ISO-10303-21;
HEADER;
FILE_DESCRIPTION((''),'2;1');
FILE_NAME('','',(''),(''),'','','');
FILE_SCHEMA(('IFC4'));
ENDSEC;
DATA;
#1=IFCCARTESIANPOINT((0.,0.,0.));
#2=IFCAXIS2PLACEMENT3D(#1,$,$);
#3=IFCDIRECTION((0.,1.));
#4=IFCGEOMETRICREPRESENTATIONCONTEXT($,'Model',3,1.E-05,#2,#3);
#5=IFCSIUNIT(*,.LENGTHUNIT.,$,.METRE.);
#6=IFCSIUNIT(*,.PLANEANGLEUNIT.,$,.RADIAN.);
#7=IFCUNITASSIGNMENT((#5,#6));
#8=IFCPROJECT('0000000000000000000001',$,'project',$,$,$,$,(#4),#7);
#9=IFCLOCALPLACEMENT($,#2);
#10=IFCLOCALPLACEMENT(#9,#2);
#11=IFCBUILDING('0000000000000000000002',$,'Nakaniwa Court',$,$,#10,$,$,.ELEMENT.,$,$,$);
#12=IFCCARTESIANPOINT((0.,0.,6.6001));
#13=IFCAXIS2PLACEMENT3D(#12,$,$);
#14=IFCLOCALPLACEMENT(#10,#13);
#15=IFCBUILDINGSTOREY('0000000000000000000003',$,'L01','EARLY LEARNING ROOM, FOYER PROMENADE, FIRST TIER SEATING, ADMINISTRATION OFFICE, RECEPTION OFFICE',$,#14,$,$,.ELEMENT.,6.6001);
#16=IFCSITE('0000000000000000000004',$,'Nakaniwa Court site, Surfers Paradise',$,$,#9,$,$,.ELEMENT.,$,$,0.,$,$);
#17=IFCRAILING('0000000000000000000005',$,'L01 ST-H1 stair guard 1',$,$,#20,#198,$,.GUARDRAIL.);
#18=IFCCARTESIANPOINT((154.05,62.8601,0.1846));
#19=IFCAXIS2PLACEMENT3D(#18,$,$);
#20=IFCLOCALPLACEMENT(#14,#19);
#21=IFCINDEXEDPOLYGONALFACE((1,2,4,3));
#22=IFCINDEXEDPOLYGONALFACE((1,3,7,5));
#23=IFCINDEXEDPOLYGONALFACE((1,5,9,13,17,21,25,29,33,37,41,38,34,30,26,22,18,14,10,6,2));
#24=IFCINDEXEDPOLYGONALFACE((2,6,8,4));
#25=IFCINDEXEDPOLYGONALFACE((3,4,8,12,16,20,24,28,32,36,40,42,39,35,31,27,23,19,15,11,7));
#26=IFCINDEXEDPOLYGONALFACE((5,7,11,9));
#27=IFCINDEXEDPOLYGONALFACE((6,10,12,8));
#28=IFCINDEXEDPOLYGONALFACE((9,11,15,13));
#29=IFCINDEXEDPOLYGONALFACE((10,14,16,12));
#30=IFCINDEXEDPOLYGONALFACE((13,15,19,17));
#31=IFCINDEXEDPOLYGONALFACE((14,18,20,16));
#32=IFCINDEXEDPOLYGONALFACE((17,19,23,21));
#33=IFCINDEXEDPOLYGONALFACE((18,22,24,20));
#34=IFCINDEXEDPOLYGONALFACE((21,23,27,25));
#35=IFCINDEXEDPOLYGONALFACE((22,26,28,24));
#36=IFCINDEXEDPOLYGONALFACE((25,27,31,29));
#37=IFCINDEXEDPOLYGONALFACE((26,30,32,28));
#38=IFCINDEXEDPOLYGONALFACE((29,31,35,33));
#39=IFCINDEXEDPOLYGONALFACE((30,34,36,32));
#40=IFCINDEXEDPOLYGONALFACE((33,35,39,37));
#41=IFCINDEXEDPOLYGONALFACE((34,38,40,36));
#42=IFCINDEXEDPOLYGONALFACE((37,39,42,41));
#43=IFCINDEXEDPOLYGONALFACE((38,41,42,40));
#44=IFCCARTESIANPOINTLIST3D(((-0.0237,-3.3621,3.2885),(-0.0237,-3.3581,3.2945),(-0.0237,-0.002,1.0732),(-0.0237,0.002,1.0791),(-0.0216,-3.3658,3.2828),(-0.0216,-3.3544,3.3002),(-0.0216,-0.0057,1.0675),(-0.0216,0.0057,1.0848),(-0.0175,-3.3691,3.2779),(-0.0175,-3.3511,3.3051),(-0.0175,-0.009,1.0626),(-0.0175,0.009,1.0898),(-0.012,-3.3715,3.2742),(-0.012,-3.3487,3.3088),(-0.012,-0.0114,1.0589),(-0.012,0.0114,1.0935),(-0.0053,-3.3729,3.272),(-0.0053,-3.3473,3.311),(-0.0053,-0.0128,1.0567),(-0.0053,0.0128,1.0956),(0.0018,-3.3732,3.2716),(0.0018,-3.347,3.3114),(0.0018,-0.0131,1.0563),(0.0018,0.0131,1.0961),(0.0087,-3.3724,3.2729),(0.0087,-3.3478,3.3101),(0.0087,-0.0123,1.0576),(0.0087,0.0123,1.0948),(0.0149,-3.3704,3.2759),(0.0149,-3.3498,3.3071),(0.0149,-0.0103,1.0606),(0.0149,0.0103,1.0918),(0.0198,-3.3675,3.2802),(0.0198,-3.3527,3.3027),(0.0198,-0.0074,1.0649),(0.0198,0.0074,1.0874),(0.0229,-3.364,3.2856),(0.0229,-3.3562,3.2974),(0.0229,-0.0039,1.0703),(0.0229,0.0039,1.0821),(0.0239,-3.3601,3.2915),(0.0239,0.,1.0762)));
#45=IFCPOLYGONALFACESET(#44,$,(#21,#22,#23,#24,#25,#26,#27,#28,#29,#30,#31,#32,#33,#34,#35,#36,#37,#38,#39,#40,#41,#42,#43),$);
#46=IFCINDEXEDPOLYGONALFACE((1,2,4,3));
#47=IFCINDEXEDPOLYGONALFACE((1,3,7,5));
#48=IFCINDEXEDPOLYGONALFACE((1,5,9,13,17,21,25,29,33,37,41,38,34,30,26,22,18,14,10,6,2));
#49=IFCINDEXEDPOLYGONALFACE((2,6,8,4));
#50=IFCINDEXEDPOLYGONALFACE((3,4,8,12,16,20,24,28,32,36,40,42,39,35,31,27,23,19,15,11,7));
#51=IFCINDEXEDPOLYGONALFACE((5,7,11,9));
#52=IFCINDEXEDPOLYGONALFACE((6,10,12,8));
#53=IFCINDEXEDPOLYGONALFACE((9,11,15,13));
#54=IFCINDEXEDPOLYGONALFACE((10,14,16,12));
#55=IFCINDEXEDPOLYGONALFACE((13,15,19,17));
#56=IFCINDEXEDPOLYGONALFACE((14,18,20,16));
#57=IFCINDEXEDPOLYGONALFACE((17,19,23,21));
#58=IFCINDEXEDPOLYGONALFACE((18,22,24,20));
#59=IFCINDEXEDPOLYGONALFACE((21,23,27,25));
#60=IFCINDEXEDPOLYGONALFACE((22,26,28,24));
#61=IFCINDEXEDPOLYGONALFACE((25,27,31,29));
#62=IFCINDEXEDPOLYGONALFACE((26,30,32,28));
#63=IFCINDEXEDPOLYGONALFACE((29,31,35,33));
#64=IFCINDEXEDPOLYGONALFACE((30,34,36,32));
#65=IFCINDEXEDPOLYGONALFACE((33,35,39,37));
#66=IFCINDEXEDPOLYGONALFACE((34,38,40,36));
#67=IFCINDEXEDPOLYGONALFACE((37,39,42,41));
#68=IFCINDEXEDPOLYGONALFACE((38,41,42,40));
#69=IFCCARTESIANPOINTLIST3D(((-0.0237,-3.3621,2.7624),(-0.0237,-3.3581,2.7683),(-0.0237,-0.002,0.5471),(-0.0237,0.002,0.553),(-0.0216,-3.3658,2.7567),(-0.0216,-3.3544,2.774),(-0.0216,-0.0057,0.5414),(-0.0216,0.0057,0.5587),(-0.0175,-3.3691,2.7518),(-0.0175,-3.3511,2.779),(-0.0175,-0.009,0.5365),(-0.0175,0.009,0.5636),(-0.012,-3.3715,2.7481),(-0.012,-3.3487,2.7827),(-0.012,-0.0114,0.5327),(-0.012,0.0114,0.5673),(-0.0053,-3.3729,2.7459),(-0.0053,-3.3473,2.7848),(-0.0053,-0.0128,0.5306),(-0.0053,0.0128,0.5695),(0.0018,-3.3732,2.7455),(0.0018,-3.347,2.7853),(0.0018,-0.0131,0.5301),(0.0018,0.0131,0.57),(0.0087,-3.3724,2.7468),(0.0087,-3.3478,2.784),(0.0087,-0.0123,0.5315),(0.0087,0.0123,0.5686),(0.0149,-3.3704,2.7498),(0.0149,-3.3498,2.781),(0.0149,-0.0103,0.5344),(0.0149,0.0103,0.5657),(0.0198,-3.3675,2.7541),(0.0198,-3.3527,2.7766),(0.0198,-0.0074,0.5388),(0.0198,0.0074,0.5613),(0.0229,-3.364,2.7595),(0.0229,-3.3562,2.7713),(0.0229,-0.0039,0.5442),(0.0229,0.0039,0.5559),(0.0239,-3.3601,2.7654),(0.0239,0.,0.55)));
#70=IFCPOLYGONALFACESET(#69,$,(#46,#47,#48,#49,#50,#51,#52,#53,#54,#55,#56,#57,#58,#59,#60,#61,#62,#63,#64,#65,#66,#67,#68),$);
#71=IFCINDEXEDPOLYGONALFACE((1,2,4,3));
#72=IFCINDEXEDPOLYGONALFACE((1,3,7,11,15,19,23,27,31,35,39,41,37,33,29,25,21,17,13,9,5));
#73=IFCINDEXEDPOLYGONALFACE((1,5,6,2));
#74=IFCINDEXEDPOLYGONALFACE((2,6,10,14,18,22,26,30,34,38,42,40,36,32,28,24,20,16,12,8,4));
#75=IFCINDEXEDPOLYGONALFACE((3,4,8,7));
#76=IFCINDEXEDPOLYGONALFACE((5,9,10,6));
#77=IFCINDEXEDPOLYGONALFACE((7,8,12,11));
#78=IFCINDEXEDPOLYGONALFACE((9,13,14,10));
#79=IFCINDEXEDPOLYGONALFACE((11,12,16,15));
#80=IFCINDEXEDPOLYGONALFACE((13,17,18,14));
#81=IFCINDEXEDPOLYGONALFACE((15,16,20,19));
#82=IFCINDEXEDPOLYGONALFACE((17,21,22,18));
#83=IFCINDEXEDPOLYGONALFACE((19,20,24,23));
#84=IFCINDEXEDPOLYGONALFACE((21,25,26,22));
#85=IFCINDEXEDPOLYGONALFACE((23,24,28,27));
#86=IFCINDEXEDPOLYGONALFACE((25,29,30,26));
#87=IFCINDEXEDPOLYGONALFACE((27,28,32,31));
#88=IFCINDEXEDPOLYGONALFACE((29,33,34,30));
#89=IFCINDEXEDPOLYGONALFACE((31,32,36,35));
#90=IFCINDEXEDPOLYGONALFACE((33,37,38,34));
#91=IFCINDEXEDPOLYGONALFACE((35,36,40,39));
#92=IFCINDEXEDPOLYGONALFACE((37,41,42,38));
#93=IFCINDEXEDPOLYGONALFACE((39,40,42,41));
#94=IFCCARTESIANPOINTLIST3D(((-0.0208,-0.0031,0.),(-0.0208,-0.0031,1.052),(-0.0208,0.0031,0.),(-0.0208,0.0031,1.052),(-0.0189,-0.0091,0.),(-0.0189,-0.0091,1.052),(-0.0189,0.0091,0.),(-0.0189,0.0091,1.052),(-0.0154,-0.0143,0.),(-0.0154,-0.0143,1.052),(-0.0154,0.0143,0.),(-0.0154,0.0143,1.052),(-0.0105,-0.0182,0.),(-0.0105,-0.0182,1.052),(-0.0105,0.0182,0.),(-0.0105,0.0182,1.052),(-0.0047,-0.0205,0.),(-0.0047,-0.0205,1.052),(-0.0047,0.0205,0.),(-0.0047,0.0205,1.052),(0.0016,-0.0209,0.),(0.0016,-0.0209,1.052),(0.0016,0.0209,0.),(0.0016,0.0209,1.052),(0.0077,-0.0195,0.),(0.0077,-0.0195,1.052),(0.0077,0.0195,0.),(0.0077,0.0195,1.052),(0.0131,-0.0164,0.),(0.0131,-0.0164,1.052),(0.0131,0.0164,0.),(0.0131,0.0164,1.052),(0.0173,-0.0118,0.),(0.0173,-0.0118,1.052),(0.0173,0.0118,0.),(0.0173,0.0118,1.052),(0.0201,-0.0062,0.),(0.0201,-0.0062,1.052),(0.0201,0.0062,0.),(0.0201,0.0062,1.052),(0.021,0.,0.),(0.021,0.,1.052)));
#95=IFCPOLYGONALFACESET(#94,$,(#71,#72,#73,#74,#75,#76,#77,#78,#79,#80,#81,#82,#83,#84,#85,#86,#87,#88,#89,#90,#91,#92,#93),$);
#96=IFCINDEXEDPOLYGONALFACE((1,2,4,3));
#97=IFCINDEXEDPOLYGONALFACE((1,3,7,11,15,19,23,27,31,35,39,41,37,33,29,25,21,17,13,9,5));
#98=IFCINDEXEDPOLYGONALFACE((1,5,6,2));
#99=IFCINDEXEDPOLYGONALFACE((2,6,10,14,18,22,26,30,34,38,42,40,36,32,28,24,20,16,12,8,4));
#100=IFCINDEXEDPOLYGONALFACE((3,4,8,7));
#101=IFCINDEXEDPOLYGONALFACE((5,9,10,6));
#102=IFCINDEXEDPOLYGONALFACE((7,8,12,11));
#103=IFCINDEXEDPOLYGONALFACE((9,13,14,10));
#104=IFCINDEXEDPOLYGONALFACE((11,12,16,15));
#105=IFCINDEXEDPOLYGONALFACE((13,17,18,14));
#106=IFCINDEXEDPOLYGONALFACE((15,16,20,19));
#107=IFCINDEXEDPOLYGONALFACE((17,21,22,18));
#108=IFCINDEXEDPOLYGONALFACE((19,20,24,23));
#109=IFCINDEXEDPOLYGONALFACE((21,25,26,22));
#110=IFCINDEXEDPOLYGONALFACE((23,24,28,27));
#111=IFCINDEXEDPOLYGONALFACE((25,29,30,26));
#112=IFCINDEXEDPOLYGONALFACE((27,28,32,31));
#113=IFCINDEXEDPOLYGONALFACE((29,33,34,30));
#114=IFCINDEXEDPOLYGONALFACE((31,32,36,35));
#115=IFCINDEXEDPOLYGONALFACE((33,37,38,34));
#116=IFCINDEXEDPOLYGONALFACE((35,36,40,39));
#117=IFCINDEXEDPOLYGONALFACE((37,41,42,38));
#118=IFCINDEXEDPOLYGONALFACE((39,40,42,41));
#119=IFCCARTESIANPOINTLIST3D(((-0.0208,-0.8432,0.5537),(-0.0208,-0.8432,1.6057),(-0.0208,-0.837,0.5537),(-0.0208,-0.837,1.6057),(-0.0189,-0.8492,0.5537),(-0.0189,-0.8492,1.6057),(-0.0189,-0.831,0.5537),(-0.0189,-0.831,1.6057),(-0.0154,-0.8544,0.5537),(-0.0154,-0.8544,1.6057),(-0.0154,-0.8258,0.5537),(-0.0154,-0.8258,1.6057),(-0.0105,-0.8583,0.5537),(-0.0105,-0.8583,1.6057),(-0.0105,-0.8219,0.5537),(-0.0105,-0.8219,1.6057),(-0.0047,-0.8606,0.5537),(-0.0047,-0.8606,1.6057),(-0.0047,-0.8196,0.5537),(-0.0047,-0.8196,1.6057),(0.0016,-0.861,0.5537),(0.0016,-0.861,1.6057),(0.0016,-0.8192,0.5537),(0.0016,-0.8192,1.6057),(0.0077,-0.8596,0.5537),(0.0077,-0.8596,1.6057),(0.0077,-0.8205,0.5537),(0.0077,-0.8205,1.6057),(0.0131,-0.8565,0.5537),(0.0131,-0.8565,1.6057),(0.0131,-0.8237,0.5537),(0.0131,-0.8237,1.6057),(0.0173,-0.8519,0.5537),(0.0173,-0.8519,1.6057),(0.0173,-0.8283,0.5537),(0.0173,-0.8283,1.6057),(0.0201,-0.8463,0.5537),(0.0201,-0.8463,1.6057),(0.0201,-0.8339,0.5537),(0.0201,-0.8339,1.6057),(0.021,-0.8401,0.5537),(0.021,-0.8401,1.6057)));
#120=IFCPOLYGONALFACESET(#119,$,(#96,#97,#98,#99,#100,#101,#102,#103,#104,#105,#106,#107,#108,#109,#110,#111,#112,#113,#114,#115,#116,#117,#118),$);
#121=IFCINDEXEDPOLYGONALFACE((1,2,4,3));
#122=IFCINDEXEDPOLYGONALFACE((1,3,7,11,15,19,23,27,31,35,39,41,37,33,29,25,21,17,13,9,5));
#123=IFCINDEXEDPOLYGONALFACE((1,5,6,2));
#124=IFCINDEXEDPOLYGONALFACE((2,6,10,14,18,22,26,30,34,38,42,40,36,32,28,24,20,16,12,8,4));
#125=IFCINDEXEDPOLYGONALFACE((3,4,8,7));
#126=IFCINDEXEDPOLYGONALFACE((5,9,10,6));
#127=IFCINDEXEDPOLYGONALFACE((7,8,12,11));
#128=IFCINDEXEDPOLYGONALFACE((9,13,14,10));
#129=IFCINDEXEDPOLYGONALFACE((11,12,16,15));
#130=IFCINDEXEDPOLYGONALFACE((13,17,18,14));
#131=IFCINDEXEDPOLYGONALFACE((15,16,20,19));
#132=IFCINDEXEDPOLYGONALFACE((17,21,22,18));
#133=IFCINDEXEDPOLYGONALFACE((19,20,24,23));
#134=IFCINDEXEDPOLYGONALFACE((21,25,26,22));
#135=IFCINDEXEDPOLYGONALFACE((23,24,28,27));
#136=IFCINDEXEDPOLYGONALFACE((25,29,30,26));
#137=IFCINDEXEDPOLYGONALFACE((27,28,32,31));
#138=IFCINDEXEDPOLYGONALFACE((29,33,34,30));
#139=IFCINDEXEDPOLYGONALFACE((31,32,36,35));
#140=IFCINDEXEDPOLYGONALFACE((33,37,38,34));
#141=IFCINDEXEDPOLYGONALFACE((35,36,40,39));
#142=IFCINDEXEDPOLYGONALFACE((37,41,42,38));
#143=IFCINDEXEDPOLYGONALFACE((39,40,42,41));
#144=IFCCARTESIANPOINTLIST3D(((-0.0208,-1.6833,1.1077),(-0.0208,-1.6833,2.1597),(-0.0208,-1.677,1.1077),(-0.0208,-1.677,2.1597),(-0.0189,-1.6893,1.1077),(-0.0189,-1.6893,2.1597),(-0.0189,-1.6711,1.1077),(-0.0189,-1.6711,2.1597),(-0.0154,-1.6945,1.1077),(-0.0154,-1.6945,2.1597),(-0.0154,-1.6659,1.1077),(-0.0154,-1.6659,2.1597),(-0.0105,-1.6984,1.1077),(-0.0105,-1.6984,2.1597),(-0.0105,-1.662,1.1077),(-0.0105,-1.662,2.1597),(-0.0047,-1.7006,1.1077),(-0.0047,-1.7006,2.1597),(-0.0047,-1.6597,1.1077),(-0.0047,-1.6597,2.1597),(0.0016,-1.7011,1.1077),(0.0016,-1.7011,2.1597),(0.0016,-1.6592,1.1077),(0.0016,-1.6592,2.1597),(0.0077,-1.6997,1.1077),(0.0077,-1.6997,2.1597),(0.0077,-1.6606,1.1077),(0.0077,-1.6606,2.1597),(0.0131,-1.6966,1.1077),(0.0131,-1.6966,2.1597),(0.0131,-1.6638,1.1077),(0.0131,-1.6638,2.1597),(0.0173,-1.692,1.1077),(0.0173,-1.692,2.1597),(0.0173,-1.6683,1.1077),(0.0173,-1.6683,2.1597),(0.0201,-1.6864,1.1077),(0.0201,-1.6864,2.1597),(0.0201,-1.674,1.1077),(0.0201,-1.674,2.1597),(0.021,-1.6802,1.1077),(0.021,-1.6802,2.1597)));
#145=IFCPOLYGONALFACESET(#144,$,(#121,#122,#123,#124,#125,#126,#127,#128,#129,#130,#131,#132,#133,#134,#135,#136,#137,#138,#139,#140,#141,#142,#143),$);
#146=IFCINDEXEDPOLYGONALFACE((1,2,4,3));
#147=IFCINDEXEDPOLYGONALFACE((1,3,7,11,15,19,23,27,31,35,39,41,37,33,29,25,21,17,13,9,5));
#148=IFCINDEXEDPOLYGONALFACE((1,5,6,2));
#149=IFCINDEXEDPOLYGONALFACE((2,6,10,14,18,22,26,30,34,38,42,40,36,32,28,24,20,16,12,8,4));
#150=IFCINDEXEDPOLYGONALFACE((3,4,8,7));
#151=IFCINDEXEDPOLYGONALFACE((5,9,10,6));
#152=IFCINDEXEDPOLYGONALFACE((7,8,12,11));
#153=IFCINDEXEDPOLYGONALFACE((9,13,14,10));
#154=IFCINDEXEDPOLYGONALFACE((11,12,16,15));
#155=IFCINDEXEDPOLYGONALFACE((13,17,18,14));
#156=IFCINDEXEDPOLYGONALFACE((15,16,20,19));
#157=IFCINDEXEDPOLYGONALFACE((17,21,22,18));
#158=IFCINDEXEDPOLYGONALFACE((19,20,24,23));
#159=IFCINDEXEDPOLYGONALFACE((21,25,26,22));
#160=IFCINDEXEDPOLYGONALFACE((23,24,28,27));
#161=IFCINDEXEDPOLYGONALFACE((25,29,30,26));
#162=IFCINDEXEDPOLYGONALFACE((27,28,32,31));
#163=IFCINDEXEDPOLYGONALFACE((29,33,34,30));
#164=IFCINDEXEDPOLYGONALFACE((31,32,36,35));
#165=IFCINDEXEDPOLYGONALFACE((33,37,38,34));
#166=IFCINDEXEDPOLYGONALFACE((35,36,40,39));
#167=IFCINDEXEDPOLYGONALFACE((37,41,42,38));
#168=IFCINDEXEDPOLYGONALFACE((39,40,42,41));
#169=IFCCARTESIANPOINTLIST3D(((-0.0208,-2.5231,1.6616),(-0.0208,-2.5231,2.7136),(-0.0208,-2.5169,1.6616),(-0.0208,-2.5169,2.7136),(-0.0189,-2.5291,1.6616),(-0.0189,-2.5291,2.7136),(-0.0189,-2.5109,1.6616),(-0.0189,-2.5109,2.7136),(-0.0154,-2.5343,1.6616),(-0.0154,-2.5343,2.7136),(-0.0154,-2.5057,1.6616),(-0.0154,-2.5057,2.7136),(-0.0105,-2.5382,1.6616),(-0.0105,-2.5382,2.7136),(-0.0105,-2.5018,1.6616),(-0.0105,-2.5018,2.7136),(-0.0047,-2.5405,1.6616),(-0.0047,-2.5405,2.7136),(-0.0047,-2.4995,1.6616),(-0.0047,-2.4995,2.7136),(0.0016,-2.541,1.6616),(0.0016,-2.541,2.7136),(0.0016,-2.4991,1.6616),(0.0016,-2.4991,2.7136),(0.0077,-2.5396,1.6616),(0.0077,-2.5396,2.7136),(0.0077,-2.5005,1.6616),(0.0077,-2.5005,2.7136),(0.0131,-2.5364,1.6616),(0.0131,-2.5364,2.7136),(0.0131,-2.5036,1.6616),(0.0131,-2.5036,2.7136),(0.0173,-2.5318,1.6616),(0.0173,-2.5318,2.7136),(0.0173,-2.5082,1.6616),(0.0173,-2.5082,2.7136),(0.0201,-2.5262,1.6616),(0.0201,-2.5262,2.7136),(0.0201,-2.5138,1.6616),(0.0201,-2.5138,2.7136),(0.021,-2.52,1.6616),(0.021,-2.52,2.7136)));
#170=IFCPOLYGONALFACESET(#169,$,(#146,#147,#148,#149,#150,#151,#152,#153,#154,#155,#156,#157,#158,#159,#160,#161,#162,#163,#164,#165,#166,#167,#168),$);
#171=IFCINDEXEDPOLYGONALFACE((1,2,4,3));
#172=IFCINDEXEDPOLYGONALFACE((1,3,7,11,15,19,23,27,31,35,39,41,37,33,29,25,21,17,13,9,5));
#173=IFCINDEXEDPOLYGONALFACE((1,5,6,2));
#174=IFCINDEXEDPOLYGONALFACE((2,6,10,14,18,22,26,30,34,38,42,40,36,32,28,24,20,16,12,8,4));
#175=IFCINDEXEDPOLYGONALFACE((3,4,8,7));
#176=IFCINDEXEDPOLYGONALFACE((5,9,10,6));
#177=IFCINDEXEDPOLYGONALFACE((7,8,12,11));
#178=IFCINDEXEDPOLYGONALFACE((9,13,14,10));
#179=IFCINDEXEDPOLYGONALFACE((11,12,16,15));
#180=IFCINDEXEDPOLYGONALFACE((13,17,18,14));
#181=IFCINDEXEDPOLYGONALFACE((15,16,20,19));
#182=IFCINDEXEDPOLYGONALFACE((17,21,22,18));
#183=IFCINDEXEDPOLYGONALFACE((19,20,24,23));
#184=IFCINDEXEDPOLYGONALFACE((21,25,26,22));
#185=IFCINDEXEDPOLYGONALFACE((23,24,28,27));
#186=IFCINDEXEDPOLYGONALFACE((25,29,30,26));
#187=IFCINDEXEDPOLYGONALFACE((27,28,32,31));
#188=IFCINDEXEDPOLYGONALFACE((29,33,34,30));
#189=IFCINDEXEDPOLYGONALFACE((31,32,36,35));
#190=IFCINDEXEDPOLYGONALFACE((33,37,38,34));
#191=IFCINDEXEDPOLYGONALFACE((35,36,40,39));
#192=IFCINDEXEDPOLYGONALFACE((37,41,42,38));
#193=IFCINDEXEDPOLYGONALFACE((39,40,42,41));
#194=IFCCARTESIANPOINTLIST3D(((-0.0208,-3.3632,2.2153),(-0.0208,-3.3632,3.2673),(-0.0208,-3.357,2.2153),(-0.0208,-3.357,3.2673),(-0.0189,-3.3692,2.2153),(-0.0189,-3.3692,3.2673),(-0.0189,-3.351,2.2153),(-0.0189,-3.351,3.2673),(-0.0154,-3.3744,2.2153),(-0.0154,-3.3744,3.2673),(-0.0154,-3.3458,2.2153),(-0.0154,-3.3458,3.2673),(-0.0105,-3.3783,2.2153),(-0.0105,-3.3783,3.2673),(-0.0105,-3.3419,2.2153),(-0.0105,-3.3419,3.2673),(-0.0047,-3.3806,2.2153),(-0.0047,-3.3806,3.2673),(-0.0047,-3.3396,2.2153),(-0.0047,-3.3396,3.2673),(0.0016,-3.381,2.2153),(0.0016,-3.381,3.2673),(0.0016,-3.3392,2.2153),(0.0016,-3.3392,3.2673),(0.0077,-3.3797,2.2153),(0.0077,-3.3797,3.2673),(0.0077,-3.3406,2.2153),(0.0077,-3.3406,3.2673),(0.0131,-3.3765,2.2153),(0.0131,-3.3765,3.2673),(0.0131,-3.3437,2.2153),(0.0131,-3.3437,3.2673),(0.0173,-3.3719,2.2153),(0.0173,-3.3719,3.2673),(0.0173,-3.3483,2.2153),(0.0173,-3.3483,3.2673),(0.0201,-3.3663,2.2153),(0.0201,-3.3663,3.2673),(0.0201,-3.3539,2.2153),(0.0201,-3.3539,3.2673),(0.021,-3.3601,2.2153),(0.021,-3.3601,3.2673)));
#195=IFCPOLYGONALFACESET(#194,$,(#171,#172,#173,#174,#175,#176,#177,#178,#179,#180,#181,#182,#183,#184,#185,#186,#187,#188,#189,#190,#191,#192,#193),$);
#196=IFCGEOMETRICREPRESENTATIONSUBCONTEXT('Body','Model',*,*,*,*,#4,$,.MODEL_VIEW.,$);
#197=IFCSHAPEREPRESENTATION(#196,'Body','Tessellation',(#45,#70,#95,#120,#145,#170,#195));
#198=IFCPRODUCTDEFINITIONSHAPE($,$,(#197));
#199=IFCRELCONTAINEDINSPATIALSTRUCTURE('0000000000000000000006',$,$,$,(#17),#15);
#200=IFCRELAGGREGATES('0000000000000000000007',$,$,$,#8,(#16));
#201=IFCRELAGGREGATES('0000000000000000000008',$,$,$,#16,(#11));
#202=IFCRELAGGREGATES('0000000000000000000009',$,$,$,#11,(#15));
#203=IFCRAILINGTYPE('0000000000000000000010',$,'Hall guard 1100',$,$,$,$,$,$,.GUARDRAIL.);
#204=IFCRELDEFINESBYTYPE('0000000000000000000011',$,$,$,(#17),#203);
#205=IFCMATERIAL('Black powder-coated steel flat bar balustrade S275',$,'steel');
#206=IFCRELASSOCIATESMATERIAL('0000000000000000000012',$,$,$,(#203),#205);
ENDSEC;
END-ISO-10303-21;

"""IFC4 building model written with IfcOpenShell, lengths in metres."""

from ifc_helpers import new_model, si_unit, direction, frame, origin, origin_2d, place, context, subcontext, project, spatial, circle, extrude, material, type_object, element, save


model = new_model("IFC4")

# Units and contexts
model_context = context("Model", 3, precision=1e-05, world=origin(), true_north=direction((0.0, 1.0)))
body_context = subcontext(model_context, "Body", "Model", "MODEL_VIEW")
ifc_project = project(units=[si_unit("LENGTHUNIT", "METRE"), si_unit("PLANEANGLEUNIT", "RADIAN")], contexts=[model_context])

# Site, building, storey
site_placement = place(None, origin())
site = spatial("IfcSite", under=ifc_project, at=site_placement, Name="Nakaniwa Court site, Surfers Paradise", CompositionType="ELEMENT", RefElevation=0.0)
building_placement = place(site_placement, origin())
building = spatial("IfcBuilding", under=site, at=building_placement, Name="Nakaniwa Court", CompositionType="ELEMENT")
storey_placement = place(building_placement, frame((0.0, 0.0, 6.6001)))
storey = spatial("IfcBuildingStorey", under=building, at=storey_placement, Name="L01", Description="EARLY LEARNING ROOM, FOYER PROMENADE, FIRST TIER SEATING, ADMINISTRATION OFFICE, RECEPTION OFFICE", CompositionType="ELEMENT", Elevation=6.6001)

# Railing
ifc_material_1 = material(Name="Black powder-coated steel flat bar balustrade S275", Category="steel")
railing_type_1 = type_object("IfcRailingType", Name="Hall guard 1100", PredefinedType="GUARDRAIL", material=ifc_material_1)
railing_1_placement = place(storey_placement, frame((154.05, 62.8601, 0.1846)))
element("IfcRailing", 1, at=railing_1_placement, inside=storey, type_object=railing_type_1, Name="L01 ST-H1 stair guard 1", PredefinedType="GUARDRAIL", context=body_context, shape_type="SweptSolid", body=[
    extrude(circle(Radius=0.0239, at=origin_2d()), frame((0.0, 0.0, 1.0762), z_axis=(0.0, -0.834876, 0.550437), x_axis=(1.0, 0.0, 0.0)), (0.0, 0.0, 1.0), 4.0247),
    extrude(circle(Radius=0.0239, at=origin_2d()), frame((0.0, 0.0, 0.55), z_axis=(0.0, -0.834876, 0.550437), x_axis=(1.0, 0.0, 0.0)), (0.0, 0.0, 1.0), 4.0247),
    extrude(circle(Radius=0.021, at=origin_2d()), origin(), (0.0, 0.0, 1.0), 1.052),
    extrude(circle(Radius=0.021, at=origin_2d()), frame((0.0, -0.8401, 0.5537)), (0.0, 0.0, 1.0), 1.052),
    extrude(circle(Radius=0.021, at=origin_2d()), frame((0.0, -1.6802, 1.1077)), (0.0, 0.0, 1.0), 1.052),
    extrude(circle(Radius=0.021, at=origin_2d()), frame((0.0, -2.52, 1.6616)), (0.0, 0.0, 1.0), 1.052),
    extrude(circle(Radius=0.021, at=origin_2d()), frame((0.0, -3.3601, 2.2153)), (0.0, 0.0, 1.0), 1.052),
])

save(model, "model.ifc")
